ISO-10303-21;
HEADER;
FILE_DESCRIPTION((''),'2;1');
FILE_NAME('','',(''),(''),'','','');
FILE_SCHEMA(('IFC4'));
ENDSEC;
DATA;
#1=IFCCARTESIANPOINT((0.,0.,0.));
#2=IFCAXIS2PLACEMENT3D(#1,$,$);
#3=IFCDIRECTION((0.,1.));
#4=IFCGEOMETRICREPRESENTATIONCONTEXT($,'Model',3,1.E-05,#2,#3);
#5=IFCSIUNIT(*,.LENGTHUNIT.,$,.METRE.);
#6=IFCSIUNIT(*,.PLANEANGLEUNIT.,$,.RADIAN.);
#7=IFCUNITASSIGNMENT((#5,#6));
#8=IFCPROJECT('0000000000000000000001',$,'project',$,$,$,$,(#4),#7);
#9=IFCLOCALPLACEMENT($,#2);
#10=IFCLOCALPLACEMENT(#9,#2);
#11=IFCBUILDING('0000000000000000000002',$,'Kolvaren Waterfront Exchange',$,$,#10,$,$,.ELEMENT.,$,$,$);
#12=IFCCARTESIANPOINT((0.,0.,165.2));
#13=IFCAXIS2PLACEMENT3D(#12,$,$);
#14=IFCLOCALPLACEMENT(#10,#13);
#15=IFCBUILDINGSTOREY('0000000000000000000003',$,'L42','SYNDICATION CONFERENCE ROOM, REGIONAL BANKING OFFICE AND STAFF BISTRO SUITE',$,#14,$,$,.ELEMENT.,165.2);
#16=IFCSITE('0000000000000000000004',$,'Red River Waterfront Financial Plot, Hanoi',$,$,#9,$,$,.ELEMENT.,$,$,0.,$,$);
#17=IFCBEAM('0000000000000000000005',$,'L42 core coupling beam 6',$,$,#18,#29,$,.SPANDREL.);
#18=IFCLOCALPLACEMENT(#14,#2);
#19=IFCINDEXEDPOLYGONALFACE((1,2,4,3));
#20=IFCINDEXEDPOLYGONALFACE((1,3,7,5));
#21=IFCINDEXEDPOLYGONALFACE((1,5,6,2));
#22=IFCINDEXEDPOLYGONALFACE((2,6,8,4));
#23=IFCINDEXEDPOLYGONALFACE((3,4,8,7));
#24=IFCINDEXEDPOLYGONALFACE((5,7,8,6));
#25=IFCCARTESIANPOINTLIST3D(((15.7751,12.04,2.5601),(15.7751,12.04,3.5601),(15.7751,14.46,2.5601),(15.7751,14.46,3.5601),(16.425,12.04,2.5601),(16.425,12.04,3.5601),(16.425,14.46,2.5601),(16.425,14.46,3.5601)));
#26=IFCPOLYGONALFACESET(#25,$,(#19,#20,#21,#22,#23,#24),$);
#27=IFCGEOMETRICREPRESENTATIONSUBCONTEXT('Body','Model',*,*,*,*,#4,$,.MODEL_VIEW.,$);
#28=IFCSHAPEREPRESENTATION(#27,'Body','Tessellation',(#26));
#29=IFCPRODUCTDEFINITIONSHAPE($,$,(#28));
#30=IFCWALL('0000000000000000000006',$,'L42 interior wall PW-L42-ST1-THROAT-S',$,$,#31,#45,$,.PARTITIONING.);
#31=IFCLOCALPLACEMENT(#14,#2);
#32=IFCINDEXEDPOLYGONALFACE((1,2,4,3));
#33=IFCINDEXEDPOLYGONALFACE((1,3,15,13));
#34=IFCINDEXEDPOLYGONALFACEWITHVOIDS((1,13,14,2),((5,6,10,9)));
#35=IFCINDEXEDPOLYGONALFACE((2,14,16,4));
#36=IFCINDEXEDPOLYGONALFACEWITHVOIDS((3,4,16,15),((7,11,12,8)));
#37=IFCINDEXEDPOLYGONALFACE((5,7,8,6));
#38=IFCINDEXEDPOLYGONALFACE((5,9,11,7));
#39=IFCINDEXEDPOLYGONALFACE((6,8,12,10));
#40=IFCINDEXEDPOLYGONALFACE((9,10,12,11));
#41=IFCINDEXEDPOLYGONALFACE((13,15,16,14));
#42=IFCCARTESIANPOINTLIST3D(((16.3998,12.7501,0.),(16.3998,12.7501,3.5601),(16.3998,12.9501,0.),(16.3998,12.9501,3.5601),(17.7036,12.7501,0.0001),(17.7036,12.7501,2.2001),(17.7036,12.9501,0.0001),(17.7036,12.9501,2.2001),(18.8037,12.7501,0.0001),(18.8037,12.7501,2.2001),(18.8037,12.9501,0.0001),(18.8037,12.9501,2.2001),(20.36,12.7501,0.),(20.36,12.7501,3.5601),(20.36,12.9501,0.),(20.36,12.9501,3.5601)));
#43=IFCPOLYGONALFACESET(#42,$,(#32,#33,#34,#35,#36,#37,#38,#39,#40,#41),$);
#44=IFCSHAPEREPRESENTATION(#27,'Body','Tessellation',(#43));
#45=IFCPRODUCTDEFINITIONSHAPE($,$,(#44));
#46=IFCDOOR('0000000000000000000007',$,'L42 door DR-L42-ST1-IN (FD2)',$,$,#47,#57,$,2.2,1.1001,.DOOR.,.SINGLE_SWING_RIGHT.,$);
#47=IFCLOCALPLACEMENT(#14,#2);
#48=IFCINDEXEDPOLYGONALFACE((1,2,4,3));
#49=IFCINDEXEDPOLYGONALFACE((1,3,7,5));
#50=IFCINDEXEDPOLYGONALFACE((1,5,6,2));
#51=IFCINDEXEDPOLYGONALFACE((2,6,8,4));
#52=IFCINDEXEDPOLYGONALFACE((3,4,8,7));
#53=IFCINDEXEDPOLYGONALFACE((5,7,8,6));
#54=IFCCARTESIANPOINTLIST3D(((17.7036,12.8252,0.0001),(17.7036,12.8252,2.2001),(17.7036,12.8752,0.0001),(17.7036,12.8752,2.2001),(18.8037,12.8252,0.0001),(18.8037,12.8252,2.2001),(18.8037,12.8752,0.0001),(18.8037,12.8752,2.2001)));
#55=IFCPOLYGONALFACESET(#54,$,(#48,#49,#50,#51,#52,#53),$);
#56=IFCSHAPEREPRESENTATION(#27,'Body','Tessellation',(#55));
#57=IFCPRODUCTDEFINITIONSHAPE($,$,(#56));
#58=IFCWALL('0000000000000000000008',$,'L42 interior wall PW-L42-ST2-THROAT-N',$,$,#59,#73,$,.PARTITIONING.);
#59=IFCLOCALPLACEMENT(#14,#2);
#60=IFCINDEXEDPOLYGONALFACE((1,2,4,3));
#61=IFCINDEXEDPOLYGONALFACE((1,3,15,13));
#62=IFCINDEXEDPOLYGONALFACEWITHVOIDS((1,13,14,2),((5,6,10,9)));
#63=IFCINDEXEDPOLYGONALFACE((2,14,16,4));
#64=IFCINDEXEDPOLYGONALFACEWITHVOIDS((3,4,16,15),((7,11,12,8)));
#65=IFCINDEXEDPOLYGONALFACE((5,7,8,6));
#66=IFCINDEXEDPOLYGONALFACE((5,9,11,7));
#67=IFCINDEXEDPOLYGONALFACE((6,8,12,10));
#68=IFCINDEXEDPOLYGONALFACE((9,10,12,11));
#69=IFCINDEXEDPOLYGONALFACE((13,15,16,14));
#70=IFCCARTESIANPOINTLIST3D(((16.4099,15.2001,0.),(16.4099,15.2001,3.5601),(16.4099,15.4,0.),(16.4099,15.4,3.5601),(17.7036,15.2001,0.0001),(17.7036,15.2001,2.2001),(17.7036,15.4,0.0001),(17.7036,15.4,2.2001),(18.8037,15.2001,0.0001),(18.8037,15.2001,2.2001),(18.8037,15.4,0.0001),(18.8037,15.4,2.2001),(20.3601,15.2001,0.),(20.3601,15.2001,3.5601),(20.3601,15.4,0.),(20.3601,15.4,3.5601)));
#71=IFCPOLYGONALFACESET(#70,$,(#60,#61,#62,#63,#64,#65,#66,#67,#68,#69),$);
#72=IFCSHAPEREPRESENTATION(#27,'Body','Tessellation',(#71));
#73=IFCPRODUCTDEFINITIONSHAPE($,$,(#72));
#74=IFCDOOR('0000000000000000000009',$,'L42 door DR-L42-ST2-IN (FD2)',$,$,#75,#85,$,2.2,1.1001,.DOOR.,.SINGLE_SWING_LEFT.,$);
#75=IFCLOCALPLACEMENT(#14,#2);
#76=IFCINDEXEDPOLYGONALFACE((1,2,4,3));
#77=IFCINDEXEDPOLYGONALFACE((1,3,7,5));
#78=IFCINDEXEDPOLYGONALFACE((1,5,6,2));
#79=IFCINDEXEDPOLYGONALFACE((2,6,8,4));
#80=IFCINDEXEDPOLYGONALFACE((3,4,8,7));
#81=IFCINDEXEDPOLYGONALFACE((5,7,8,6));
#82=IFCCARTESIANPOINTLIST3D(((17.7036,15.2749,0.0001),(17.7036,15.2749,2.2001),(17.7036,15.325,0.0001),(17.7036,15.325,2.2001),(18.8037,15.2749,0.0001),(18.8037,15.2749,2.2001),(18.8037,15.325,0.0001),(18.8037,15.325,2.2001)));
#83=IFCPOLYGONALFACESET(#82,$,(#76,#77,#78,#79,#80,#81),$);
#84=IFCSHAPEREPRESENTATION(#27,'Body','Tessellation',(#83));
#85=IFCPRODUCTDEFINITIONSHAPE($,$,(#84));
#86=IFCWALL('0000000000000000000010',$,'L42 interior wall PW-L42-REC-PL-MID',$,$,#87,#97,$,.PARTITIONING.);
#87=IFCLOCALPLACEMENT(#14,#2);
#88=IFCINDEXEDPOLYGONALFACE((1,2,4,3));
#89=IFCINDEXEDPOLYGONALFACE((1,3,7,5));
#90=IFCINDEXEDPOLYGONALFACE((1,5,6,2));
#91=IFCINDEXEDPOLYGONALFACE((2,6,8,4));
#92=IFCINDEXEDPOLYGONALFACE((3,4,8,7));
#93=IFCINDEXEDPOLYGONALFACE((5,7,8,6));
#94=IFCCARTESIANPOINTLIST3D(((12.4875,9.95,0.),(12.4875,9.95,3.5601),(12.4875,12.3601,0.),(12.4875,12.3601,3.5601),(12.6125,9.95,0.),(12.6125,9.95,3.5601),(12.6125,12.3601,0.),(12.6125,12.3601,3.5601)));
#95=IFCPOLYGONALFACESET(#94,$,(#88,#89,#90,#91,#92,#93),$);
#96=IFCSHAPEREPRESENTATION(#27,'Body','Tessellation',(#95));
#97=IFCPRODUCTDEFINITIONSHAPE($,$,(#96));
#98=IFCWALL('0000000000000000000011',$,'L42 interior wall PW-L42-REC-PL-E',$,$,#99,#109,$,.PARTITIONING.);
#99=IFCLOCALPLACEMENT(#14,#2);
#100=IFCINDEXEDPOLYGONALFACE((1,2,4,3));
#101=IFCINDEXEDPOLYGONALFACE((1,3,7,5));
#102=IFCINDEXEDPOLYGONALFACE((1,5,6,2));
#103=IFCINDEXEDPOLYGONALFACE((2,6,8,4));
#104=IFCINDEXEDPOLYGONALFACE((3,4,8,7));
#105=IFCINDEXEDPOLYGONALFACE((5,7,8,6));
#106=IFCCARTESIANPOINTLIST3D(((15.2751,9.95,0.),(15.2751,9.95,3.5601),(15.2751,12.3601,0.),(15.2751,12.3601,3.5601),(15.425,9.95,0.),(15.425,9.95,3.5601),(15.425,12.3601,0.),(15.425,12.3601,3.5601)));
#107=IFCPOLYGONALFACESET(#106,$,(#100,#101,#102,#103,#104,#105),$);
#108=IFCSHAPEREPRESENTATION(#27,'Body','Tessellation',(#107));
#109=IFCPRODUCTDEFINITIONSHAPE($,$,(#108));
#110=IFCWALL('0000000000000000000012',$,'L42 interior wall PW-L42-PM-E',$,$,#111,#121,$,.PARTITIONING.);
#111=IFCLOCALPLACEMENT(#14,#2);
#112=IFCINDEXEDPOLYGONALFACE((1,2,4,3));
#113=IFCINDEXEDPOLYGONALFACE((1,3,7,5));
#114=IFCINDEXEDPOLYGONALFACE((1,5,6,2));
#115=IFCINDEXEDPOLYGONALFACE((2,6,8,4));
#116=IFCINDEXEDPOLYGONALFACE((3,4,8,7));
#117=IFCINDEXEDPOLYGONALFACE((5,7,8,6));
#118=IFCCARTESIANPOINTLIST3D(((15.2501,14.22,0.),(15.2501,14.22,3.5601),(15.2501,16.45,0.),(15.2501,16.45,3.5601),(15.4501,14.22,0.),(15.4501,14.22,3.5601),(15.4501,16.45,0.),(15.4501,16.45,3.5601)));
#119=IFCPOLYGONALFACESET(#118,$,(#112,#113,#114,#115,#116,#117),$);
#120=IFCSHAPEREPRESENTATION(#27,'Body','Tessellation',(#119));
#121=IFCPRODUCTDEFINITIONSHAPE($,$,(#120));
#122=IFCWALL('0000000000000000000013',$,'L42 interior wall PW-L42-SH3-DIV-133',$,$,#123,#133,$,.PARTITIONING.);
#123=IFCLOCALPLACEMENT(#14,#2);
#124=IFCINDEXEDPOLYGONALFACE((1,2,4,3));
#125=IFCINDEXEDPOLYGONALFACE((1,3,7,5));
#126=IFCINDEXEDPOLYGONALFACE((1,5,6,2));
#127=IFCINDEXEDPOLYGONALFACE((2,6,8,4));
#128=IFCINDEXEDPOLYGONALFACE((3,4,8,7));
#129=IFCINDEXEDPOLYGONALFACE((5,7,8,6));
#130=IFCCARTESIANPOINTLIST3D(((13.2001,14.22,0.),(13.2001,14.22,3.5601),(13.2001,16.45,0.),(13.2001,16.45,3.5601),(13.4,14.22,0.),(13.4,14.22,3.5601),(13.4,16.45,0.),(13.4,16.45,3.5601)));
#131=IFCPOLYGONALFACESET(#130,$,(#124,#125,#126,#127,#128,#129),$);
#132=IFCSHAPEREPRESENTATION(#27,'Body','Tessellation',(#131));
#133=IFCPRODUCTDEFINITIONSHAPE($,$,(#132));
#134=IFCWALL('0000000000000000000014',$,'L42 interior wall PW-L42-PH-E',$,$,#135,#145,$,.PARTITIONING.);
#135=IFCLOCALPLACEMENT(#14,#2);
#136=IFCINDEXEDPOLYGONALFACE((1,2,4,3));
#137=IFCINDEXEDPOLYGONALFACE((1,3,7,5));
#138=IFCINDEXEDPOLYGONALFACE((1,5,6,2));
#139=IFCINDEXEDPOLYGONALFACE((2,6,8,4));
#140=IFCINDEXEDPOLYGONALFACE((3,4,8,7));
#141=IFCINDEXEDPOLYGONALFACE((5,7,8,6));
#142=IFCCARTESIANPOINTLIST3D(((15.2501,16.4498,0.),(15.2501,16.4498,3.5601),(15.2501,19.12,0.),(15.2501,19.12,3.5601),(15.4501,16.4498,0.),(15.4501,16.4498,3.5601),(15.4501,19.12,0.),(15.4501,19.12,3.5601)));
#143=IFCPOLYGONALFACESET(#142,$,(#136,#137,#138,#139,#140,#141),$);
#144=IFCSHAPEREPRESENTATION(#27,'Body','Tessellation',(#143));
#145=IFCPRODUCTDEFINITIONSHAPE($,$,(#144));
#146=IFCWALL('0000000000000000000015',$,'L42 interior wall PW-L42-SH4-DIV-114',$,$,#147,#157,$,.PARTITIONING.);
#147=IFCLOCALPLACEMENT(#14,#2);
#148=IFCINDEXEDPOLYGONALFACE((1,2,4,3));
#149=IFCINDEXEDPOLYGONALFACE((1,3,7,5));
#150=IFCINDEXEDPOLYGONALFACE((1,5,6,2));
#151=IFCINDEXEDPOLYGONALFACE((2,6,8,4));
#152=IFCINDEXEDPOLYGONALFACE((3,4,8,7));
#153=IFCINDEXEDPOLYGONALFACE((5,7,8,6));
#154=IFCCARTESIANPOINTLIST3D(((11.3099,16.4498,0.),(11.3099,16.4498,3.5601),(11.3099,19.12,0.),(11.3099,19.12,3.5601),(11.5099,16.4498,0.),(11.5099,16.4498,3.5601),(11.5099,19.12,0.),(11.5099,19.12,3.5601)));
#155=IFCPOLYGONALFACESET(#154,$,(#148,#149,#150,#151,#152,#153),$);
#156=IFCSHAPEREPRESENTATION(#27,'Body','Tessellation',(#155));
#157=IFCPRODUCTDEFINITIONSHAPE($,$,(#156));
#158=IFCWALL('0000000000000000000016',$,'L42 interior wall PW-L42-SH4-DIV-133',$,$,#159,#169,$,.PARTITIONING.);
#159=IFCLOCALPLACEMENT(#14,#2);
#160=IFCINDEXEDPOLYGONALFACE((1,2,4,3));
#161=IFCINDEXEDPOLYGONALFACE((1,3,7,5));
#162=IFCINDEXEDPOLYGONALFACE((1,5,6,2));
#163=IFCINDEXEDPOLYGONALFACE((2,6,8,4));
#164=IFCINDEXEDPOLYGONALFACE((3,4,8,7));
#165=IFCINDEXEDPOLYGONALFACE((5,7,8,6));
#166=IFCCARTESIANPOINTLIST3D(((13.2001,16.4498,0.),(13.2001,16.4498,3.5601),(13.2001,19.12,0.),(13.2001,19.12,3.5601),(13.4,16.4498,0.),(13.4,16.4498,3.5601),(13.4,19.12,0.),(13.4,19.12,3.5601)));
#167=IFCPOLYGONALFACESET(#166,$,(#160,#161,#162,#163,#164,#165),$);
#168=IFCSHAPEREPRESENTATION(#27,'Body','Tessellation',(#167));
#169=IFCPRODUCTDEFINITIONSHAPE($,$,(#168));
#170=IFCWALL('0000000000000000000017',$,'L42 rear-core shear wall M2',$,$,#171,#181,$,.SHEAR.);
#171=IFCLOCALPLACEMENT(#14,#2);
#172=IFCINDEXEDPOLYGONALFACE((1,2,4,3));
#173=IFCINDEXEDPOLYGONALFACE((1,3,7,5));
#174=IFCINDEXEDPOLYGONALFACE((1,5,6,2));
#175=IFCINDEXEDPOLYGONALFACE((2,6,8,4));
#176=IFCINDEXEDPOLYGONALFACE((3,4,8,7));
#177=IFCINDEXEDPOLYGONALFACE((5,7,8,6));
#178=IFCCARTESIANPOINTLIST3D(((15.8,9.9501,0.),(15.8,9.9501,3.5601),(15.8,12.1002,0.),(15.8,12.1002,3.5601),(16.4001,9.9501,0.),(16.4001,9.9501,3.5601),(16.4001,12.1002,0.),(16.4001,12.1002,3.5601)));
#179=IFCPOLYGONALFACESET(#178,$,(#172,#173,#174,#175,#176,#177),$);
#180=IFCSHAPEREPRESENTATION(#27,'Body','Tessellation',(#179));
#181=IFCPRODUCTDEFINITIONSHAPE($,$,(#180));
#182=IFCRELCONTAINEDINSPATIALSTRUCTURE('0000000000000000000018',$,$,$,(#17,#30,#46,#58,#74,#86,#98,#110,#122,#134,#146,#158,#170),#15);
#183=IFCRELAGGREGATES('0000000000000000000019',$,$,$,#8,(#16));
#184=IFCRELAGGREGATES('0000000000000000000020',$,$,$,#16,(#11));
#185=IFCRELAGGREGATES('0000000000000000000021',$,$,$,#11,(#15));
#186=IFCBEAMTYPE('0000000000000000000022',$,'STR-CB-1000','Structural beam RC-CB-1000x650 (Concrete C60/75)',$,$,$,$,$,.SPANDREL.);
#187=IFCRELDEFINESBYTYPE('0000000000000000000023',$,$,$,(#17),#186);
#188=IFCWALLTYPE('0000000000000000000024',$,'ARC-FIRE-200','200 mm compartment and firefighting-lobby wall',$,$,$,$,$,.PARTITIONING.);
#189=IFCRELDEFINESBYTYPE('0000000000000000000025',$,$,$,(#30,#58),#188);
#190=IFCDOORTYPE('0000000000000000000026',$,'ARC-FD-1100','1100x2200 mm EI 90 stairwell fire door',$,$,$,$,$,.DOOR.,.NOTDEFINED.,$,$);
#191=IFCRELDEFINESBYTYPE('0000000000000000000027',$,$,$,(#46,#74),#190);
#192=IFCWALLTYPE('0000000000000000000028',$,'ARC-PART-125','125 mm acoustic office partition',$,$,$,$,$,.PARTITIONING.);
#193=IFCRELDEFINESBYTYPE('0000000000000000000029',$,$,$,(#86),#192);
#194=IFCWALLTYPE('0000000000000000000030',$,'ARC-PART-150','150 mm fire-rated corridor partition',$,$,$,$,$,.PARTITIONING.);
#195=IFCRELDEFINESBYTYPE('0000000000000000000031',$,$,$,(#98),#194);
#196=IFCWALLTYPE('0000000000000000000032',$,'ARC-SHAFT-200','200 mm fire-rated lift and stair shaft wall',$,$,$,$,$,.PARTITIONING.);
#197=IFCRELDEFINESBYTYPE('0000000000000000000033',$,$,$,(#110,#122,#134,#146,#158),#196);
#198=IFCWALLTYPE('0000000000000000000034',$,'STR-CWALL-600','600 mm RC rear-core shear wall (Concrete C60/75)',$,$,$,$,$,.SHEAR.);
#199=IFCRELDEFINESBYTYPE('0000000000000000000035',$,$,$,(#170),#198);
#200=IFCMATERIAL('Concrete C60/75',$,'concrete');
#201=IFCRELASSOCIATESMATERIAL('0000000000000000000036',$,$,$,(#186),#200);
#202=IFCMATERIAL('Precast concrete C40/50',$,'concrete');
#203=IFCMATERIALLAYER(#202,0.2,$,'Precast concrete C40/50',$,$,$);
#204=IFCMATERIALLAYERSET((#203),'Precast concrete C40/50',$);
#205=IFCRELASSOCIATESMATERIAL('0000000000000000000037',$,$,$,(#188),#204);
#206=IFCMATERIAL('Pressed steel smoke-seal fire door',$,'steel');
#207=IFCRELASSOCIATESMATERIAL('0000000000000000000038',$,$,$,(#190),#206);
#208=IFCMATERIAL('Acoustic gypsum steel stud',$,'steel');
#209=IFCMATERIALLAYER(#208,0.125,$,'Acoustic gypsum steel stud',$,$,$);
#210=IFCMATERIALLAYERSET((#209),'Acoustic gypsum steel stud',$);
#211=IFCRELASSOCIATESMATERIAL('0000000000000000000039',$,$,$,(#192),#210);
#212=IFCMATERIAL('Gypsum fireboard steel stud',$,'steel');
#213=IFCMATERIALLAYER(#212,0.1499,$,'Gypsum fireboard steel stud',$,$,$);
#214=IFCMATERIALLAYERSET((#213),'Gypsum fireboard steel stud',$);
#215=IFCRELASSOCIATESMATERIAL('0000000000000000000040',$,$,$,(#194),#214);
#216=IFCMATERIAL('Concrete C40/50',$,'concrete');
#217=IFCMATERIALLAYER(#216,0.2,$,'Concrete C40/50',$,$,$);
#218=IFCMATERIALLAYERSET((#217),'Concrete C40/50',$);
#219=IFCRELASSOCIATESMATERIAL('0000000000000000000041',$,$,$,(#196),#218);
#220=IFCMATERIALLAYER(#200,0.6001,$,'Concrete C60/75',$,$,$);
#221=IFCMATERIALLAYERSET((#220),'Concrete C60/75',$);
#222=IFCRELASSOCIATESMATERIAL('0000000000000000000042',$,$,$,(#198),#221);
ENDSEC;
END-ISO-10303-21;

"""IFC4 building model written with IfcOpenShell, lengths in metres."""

from ifc_helpers import new_model, si_unit, direction, frame, frame_2d, origin, origin_2d, place, context, subcontext, project, spatial, rectangle, extrude, material, layer, layer_set, material_profile, profile_set, type_object, element, fill, save


model = new_model("IFC4")

# Units and contexts
model_context = context("Model", 3, precision=1e-05, world=origin(), true_north=direction((0.0, 1.0)))
body_context = subcontext(model_context, "Body", "Model", "MODEL_VIEW")
ifc_project = project(units=[si_unit("LENGTHUNIT", "METRE"), si_unit("PLANEANGLEUNIT", "RADIAN")], contexts=[model_context])

# Site, building, storey
site_placement = place(None, origin())
site = spatial("IfcSite", under=ifc_project, at=site_placement, Name="Red River Waterfront Financial Plot, Hanoi", CompositionType="ELEMENT", RefElevation=0.0)
building_placement = place(site_placement, origin())
building = spatial("IfcBuilding", under=site, at=building_placement, Name="Kolvaren Waterfront Exchange", CompositionType="ELEMENT")
storey_placement = place(building_placement, frame((0.0, 0.0, 165.2)))
storey = spatial("IfcBuildingStorey", under=building, at=storey_placement, Name="L42", Description="SYNDICATION CONFERENCE ROOM, REGIONAL BANKING OFFICE AND STAFF BISTRO SUITE", CompositionType="ELEMENT", Elevation=165.2)

# Beam
ifc_material_1 = material(Name="Concrete C60/75", Category="concrete")
ifc_material_profile = material_profile(ifc_material_1, rectangle(XDim=0.6499, YDim=1.0, at=origin_2d()), Name="RC-CB-1000x650")
ifc_profile_set = profile_set([ifc_material_profile], Name="Concrete C60/75")
beam_type = type_object("IfcBeamType", Name="STR-CB-1000", Description="Structural beam RC-CB-1000x650 (Concrete C60/75)", PredefinedType="SPANDREL", material=ifc_profile_set)
beam_placement = place(storey_placement, frame((16.1001, 12.04, 3.0601), z_axis=(0.0, 1.0, 0.0), x_axis=(-1.0, 0.0, 0.0)))
element("IfcBeam", 1, at=beam_placement, inside=storey, type_object=beam_type, Name="L42 core coupling beam 6", PredefinedType="SPANDREL", context=body_context, shape_type="SweptSolid", body=[
    extrude(rectangle(XDim=0.6499, YDim=1.0, at=origin_2d()), origin(), (0.0, 0.0, 1.0), 2.4199),
])

# Walls, openings, doors
ifc_material_2 = material(Name="Precast concrete C40/50", Category="concrete")
ifc_layer_1 = layer(ifc_material_2, 0.2, Name="Precast concrete C40/50")
ifc_layer_set_1 = layer_set([ifc_layer_1], Name="Precast concrete C40/50")
wall_type_1 = type_object("IfcWallType", Name="ARC-FIRE-200", Description="200 mm compartment and firefighting-lobby wall", PredefinedType="PARTITIONING", material=ifc_layer_set_1)
wall_1_placement = place(storey_placement, frame((16.3999, 12.8501, 0.0), z_axis=(0.0, 0.0, 1.0), x_axis=(1.0, 0.0, 0.0)))
wall_1 = element("IfcWall", 2, at=wall_1_placement, inside=storey, type_object=wall_type_1, Name="L42 interior wall PW-L42-ST1-THROAT-S", PredefinedType="PARTITIONING", context=body_context, shape_type="SweptSolid", body=[
    extrude(rectangle(XDim=3.9602, YDim=0.2, at=frame_2d((1.98, 0.0))), origin(), (0.0, 0.0, 1.0), 3.5601),
])
opening_1_placement = place(wall_1_placement, frame((1.3037, 0.0, 0.0)))
opening_1 = element("IfcOpeningElement", 3, at=opening_1_placement, cuts=wall_1, PredefinedType="OPENING", context=body_context, shape_type="SweptSolid", body=[
    extrude(rectangle(XDim=1.1001, YDim=2.2, at=frame_2d((0.55, 1.1001))), frame((0.0, 0.1099, 0.0), z_axis=(0.0, -1.0, 0.0), x_axis=(1.0, 0.0, 0.0)), (0.0, 0.0, 1.0), 0.22),
])
ifc_material_3 = material(Name="Pressed steel smoke-seal fire door", Category="steel")
door_type = type_object("IfcDoorType", Name="ARC-FD-1100", Description="1100x2200 mm EI 90 stairwell fire door", OperationType="NOTDEFINED", PredefinedType="DOOR", material=ifc_material_3)
door_1_placement = place(opening_1_placement, frame((1.1001, 0.0, 0.0), z_axis=(0.0, 0.0, 1.0), x_axis=(-1.0, 0.0, 0.0)))
door_1 = element("IfcDoor", 4, at=door_1_placement, inside=storey, type_object=door_type, Name="L42 door DR-L42-ST1-IN (FD2)", OperationType="SINGLE_SWING_RIGHT", OverallHeight=2.2, OverallWidth=1.1001, PredefinedType="DOOR", context=body_context, shape_type="SweptSolid", body=[
    extrude(rectangle(XDim=1.1001, YDim=2.2, at=frame_2d((0.55, 1.1001))), frame((0.0, 0.0249, 0.0), z_axis=(0.0, -1.0, 0.0), x_axis=(1.0, 0.0, 0.0)), (0.0, 0.0, 1.0), 0.05),
])
fill(opening_1, door_1)
wall_2_placement = place(storey_placement, frame((16.4099, 15.3, 0.0), z_axis=(0.0, 0.0, 1.0), x_axis=(1.0, 0.0, 0.0)))
wall_2 = element("IfcWall", 5, at=wall_2_placement, inside=storey, type_object=wall_type_1, Name="L42 interior wall PW-L42-ST2-THROAT-N", PredefinedType="PARTITIONING", context=body_context, shape_type="SweptSolid", body=[
    extrude(rectangle(XDim=3.9502, YDim=0.2, at=frame_2d((1.9751, 0.0))), origin(), (0.0, 0.0, 1.0), 3.5601),
])
opening_2_placement = place(wall_2_placement, frame((1.2937, 0.0, 0.0)))
opening_2 = element("IfcOpeningElement", 6, at=opening_2_placement, cuts=wall_2, PredefinedType="OPENING", context=body_context, shape_type="SweptSolid", body=[
    extrude(rectangle(XDim=1.1001, YDim=2.2, at=frame_2d((0.55, 1.1001))), frame((0.0, 0.1099, 0.0), z_axis=(0.0, -1.0, 0.0), x_axis=(1.0, 0.0, 0.0)), (0.0, 0.0, 1.0), 0.22),
])
door_2_placement = place(opening_2_placement, origin())
door_2 = element("IfcDoor", 7, at=door_2_placement, inside=storey, type_object=door_type, Name="L42 door DR-L42-ST2-IN (FD2)", OperationType="SINGLE_SWING_LEFT", OverallHeight=2.2, OverallWidth=1.1001, PredefinedType="DOOR", context=body_context, shape_type="SweptSolid", body=[
    extrude(rectangle(XDim=1.1001, YDim=2.2, at=frame_2d((0.55, 1.1001))), frame((0.0, 0.0249, 0.0), z_axis=(0.0, -1.0, 0.0), x_axis=(1.0, 0.0, 0.0)), (0.0, 0.0, 1.0), 0.05),
])
fill(opening_2, door_2)

# Walls
ifc_material_4 = material(Name="Acoustic gypsum steel stud", Category="steel")
ifc_layer_2 = layer(ifc_material_4, 0.125, Name="Acoustic gypsum steel stud")
ifc_layer_set_2 = layer_set([ifc_layer_2], Name="Acoustic gypsum steel stud")
wall_type_2 = type_object("IfcWallType", Name="ARC-PART-125", Description="125 mm acoustic office partition", PredefinedType="PARTITIONING", material=ifc_layer_set_2)
wall_3_placement = place(storey_placement, frame((12.55, 9.95, 0.0), z_axis=(0.0, 0.0, 1.0), x_axis=(0.0, 1.0, 0.0)))
element("IfcWall", 8, at=wall_3_placement, inside=storey, type_object=wall_type_2, Name="L42 interior wall PW-L42-REC-PL-MID", PredefinedType="PARTITIONING", context=body_context, shape_type="SweptSolid", body=[
    extrude(rectangle(XDim=2.4102, YDim=0.125, at=frame_2d((1.2051, 0.0))), origin(), (0.0, 0.0, 1.0), 3.5601),
])
ifc_material_5 = material(Name="Gypsum fireboard steel stud", Category="steel")
ifc_layer_3 = layer(ifc_material_5, 0.1499, Name="Gypsum fireboard steel stud")
ifc_layer_set_3 = layer_set([ifc_layer_3], Name="Gypsum fireboard steel stud")
wall_type_3 = type_object("IfcWallType", Name="ARC-PART-150", Description="150 mm fire-rated corridor partition", PredefinedType="PARTITIONING", material=ifc_layer_set_3)
wall_4_placement = place(storey_placement, frame((15.3501, 9.95, 0.0), z_axis=(0.0, 0.0, 1.0), x_axis=(0.0, 1.0, 0.0)))
element("IfcWall", 9, at=wall_4_placement, inside=storey, type_object=wall_type_3, Name="L42 interior wall PW-L42-REC-PL-E", PredefinedType="PARTITIONING", context=body_context, shape_type="SweptSolid", body=[
    extrude(rectangle(XDim=2.4102, YDim=0.1499, at=frame_2d((1.2051, 0.0))), origin(), (0.0, 0.0, 1.0), 3.5601),
])
ifc_material_6 = material(Name="Concrete C40/50", Category="concrete")
ifc_layer_4 = layer(ifc_material_6, 0.2, Name="Concrete C40/50")
ifc_layer_set_4 = layer_set([ifc_layer_4], Name="Concrete C40/50")
wall_type_4 = type_object("IfcWallType", Name="ARC-SHAFT-200", Description="200 mm fire-rated lift and stair shaft wall", PredefinedType="PARTITIONING", material=ifc_layer_set_4)
for number, where, z_axis, x_axis, name in (
    (10, (15.3501, 14.22, 0.0), (0.0, 0.0, 1.0), (0.0, 1.0, 0.0), "L42 interior wall PW-L42-PM-E"),
    (11, (13.3, 14.22, 0.0), (0.0, 0.0, 1.0), (0.0, 1.0, 0.0), "L42 interior wall PW-L42-SH3-DIV-133"),
):
    element("IfcWall", number, at=place(storey_placement, frame(where, z_axis=z_axis, x_axis=x_axis)), inside=storey, type_object=wall_type_4, Name=name, PredefinedType="PARTITIONING", context=body_context, shape_type="SweptSolid", body=[
        extrude(rectangle(XDim=2.23, YDim=0.2, at=frame_2d((1.115, 0.0))), origin(), (0.0, 0.0, 1.0), 3.5601),
    ])
for number, where, z_axis, x_axis, name in (
    (12, (15.3501, 16.45, 0.0), (0.0, 0.0, 1.0), (0.0, 1.0, 0.0), "L42 interior wall PW-L42-PH-E"),
    (13, (11.4099, 16.45, 0.0), (0.0, 0.0, 1.0), (0.0, 1.0, 0.0), "L42 interior wall PW-L42-SH4-DIV-114"),
    (14, (13.3, 16.45, 0.0), (0.0, 0.0, 1.0), (0.0, 1.0, 0.0), "L42 interior wall PW-L42-SH4-DIV-133"),
):
    element("IfcWall", number, at=place(storey_placement, frame(where, z_axis=z_axis, x_axis=x_axis)), inside=storey, type_object=wall_type_4, Name=name, PredefinedType="PARTITIONING", context=body_context, shape_type="SweptSolid", body=[
        extrude(rectangle(XDim=2.6702, YDim=0.2, at=frame_2d((1.335, 0.0))), origin(), (0.0, 0.0, 1.0), 3.5601),
    ])
ifc_layer_5 = layer(ifc_material_1, 0.6001, Name="Concrete C60/75")
ifc_layer_set_5 = layer_set([ifc_layer_5], Name="Concrete C60/75")
wall_type_5 = type_object("IfcWallType", Name="STR-CWALL-600", Description="600 mm RC rear-core shear wall (Concrete C60/75)", PredefinedType="SHEAR", material=ifc_layer_set_5)
wall_5_placement = place(storey_placement, frame((16.1001, 9.95, 0.0), z_axis=(0.0, 0.0, 1.0), x_axis=(0.0, 1.0, 0.0)))
element("IfcWall", 15, at=wall_5_placement, inside=storey, type_object=wall_type_5, Name="L42 rear-core shear wall M2", PredefinedType="SHEAR", context=body_context, shape_type="SweptSolid", body=[
    extrude(rectangle(XDim=2.1501, YDim=0.6001, at=frame_2d((1.0752, 0.0))), origin(), (0.0, 0.0, 1.0), 3.5601),
])

save(model, "model.ifc")
